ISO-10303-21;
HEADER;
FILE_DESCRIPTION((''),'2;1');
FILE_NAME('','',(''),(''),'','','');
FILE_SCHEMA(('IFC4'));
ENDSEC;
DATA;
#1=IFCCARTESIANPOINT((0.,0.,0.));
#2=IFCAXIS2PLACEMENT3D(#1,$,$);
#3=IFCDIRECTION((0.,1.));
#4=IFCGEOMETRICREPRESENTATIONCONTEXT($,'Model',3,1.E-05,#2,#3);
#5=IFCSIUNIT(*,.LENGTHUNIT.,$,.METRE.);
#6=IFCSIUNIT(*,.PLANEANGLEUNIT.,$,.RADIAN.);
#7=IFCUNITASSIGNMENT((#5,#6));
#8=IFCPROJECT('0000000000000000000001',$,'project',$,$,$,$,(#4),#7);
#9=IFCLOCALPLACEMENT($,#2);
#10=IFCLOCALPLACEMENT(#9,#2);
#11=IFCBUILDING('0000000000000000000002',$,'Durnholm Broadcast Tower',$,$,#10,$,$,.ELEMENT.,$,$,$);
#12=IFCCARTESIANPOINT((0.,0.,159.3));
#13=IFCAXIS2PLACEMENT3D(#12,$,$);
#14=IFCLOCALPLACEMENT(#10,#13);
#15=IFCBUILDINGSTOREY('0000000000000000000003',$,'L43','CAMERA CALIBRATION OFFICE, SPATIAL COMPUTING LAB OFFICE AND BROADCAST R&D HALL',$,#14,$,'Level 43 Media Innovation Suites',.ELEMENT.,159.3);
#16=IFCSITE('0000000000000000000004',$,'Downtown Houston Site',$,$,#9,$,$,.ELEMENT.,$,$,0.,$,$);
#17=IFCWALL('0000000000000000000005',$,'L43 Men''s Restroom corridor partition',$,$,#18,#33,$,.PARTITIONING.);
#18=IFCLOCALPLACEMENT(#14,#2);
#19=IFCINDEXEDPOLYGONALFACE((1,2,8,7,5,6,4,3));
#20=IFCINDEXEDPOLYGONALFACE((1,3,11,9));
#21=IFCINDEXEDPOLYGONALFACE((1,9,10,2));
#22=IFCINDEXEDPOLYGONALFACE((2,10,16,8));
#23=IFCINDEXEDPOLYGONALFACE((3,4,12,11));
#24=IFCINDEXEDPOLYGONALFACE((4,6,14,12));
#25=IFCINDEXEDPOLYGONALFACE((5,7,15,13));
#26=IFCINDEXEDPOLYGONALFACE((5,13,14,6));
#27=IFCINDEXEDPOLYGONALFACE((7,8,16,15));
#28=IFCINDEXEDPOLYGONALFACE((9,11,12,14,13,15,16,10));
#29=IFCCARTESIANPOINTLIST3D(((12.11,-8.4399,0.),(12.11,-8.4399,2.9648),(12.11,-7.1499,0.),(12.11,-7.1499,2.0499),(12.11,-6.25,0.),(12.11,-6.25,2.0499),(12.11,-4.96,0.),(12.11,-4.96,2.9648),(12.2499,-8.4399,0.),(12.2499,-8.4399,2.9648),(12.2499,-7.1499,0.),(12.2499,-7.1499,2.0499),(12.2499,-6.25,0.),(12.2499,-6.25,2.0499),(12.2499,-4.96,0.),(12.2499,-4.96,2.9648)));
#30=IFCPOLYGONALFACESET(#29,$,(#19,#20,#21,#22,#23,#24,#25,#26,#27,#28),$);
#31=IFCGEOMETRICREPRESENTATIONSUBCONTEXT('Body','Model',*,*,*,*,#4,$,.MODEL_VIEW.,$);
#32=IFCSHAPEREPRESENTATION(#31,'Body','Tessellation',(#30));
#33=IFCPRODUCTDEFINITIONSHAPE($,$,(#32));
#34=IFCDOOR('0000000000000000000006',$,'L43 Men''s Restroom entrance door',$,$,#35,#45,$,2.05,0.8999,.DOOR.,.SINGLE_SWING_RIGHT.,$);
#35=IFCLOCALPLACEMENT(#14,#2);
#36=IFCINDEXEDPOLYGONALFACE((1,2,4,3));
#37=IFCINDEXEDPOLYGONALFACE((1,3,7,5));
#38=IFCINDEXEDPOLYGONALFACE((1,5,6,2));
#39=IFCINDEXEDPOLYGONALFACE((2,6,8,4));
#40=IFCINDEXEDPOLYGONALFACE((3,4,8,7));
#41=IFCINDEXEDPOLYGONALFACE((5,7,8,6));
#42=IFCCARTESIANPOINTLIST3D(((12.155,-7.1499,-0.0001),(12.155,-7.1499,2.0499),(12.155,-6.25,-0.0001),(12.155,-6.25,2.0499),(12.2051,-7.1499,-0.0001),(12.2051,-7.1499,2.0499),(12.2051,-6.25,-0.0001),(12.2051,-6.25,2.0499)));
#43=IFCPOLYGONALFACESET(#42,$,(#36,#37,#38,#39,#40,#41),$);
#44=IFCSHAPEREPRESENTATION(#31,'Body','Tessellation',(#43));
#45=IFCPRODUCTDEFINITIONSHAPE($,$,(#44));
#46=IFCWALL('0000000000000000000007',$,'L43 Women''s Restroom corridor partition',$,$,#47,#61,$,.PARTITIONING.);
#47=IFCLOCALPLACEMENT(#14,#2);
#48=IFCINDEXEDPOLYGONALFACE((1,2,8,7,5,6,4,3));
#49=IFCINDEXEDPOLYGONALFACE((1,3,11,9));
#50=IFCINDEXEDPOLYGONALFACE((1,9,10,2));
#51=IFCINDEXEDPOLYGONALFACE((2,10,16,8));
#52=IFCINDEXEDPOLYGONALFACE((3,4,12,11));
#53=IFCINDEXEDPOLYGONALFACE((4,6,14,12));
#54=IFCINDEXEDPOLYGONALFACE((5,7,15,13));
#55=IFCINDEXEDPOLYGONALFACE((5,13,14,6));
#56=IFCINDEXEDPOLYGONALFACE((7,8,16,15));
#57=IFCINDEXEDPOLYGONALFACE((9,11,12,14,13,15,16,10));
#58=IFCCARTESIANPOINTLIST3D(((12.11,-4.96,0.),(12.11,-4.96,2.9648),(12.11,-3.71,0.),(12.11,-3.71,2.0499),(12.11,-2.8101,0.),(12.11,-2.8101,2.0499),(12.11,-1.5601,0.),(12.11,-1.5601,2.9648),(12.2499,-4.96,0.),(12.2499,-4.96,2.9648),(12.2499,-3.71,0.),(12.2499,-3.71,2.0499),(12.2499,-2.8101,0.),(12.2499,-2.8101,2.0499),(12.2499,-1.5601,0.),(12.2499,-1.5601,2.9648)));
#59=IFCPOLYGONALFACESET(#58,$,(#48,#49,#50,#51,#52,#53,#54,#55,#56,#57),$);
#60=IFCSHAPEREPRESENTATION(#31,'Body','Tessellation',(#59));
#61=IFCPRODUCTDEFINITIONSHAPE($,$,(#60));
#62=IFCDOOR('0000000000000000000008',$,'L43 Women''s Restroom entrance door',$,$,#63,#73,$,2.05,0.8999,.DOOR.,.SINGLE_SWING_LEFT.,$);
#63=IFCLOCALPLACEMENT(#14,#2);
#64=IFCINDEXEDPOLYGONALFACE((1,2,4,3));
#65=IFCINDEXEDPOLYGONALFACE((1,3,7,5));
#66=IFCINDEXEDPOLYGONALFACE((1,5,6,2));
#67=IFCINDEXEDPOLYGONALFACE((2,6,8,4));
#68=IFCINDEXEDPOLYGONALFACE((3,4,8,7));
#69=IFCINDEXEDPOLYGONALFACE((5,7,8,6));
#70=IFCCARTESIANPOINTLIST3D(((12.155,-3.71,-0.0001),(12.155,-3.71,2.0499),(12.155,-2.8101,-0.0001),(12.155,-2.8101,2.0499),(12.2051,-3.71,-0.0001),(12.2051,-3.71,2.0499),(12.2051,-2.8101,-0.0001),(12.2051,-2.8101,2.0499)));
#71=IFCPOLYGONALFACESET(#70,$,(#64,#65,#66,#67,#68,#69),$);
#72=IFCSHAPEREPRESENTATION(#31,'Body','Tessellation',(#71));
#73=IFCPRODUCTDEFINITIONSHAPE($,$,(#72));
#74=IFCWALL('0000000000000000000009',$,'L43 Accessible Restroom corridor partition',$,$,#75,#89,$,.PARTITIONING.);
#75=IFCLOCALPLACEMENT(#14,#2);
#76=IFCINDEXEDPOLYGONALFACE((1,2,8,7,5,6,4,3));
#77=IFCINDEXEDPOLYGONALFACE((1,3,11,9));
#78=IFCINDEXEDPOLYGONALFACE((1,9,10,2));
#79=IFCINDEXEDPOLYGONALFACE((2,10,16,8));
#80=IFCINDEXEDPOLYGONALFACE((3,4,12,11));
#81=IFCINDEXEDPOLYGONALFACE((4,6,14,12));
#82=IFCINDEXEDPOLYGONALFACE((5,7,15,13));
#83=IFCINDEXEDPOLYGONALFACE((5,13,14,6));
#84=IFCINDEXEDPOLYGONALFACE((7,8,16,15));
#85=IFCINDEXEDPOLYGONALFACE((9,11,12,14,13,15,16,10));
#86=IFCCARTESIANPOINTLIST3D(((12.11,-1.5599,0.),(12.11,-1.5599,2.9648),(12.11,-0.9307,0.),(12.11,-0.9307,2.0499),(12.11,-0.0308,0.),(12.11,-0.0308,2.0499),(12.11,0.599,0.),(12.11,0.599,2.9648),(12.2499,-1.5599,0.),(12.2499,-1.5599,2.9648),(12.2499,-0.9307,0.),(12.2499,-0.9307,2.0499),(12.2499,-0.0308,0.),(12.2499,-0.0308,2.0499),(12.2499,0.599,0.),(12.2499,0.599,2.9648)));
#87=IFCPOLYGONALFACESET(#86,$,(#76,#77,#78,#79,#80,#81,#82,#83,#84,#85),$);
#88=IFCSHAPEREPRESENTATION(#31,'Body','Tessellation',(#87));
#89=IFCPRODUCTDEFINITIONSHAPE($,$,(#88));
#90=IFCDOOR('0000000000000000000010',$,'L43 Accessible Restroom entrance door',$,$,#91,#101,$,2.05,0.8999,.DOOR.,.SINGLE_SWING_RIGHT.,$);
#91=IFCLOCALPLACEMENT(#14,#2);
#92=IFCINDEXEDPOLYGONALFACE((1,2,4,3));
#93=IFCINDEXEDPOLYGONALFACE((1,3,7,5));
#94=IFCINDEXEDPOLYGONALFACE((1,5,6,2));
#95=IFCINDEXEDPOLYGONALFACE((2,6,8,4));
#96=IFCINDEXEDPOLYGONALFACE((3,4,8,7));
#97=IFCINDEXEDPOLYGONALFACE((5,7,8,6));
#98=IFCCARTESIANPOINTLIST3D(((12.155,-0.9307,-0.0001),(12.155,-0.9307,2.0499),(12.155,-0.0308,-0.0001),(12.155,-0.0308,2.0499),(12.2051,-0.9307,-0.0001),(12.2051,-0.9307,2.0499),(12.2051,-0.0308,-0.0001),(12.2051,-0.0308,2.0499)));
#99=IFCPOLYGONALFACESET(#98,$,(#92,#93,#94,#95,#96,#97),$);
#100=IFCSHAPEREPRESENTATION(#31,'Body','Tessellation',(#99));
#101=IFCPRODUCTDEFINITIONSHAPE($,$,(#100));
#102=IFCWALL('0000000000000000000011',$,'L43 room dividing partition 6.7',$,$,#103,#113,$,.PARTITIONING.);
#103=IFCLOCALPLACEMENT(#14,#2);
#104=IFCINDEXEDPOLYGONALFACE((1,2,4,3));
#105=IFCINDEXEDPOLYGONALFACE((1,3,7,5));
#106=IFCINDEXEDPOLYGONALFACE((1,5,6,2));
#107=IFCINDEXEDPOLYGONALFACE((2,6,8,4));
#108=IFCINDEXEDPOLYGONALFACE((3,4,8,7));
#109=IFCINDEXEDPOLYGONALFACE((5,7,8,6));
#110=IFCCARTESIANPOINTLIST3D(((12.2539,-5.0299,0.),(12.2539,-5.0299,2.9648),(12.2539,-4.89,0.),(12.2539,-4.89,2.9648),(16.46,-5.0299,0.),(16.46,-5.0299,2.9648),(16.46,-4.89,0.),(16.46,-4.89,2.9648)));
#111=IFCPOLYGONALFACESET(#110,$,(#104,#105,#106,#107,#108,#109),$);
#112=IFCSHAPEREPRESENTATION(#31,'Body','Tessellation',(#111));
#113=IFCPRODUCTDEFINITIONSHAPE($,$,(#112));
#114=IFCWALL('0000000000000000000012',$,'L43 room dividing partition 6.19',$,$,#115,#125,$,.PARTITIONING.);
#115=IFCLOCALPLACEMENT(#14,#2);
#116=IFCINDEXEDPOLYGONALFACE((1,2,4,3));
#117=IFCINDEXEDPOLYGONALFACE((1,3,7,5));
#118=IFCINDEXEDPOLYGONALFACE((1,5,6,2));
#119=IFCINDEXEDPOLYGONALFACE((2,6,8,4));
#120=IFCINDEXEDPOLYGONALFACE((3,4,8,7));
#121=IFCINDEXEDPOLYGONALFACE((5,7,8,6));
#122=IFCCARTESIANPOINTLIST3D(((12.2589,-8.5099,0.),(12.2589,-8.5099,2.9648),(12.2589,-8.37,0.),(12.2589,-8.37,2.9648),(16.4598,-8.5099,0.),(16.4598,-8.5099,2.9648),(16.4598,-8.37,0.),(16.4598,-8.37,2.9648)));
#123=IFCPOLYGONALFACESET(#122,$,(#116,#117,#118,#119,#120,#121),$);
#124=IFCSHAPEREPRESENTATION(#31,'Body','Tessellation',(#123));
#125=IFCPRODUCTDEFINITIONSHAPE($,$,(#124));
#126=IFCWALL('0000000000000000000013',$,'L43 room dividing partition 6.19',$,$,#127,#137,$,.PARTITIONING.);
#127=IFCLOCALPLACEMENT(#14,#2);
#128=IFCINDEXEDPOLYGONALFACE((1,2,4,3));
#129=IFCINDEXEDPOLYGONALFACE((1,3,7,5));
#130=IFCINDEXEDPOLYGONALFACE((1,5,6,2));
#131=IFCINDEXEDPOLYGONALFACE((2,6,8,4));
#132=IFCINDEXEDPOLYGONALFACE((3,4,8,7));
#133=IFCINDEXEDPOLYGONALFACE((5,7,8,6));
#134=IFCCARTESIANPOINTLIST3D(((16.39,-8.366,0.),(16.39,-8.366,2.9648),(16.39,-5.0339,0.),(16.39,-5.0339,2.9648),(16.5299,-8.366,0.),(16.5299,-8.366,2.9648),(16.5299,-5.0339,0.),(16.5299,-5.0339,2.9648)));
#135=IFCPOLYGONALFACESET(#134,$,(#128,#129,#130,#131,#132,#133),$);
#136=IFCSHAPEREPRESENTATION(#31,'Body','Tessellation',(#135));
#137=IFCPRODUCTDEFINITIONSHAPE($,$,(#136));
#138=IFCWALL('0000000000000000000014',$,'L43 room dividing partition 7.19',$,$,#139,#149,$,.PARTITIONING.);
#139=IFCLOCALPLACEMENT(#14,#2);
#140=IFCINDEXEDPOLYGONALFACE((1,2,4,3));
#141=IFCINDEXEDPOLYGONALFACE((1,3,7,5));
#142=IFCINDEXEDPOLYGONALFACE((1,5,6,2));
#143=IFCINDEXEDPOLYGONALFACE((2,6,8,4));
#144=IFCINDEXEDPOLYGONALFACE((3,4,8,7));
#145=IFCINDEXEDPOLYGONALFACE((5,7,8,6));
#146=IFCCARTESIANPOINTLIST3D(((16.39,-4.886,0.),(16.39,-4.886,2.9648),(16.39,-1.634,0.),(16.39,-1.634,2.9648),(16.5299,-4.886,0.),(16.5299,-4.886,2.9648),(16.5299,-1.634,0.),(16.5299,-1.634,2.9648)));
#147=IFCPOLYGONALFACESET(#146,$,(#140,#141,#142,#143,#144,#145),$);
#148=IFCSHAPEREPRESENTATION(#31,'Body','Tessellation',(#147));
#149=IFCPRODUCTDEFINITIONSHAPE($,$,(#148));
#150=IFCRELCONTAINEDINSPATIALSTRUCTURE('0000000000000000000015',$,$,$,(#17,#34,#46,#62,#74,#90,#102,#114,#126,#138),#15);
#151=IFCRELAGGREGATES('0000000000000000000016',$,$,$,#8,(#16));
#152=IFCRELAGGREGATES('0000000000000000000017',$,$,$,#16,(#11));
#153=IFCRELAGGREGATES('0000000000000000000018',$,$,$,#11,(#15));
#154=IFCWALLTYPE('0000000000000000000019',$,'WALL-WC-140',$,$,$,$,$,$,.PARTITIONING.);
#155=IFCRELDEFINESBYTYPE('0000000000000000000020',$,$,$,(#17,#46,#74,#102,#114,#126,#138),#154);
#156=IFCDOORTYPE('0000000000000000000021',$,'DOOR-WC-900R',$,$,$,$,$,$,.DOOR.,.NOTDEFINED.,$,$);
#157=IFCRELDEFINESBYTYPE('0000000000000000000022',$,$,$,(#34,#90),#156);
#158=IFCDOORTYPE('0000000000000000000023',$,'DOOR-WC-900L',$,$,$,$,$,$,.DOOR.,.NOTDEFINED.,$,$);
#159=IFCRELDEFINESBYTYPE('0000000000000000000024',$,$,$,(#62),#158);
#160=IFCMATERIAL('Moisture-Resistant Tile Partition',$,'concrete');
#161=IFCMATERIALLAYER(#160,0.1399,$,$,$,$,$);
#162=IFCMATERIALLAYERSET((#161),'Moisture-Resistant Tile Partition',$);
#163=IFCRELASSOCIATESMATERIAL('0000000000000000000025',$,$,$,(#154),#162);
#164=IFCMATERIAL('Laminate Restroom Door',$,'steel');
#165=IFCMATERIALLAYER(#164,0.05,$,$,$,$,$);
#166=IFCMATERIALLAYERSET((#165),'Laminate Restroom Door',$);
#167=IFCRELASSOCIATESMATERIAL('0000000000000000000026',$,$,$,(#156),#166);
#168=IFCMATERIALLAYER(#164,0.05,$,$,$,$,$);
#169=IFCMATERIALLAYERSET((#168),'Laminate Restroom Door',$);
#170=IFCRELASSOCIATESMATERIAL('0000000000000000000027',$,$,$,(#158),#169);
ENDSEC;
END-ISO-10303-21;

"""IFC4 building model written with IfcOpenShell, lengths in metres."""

from ifc_helpers import new_model, si_unit, direction, frame, frame_2d, origin, place, context, subcontext, project, spatial, rectangle, extrude, source, transform, mapped, material, layer, layer_set, type_object, type_shapes, element, fill, save


model = new_model("IFC4")

# Units and contexts
model_context = context("Model", 3, precision=1e-05, world=origin(), true_north=direction((0.0, 1.0)))
body_context = subcontext(model_context, "Body", "Model", "MODEL_VIEW")
ifc_project = project(units=[si_unit("LENGTHUNIT", "METRE"), si_unit("PLANEANGLEUNIT", "RADIAN")], contexts=[model_context])

# Site, building, storey
site_placement = place(None, origin())
site = spatial("IfcSite", under=ifc_project, at=site_placement, Name="Downtown Houston Site", CompositionType="ELEMENT", RefElevation=0.0)
building_placement = place(site_placement, origin())
building = spatial("IfcBuilding", under=site, at=building_placement, Name="Durnholm Broadcast Tower", CompositionType="ELEMENT")
storey_placement = place(building_placement, frame((0.0, 0.0, 159.3)))
storey = spatial("IfcBuildingStorey", under=building, at=storey_placement, Name="L43", Description="CAMERA CALIBRATION OFFICE, SPATIAL COMPUTING LAB OFFICE AND BROADCAST R&D HALL", LongName="Level 43 Media Innovation Suites", CompositionType="ELEMENT", Elevation=159.3)

# Walls, openings, doors
ifc_material_1 = material(Name="Moisture-Resistant Tile Partition", Category="concrete")
ifc_layer_1 = layer(ifc_material_1, 0.1399)
ifc_layer_set_1 = layer_set([ifc_layer_1], Name="Moisture-Resistant Tile Partition")
wall_type_1 = type_object("IfcWallType", Name="WALL-WC-140", PredefinedType="PARTITIONING", material=ifc_layer_set_1)
wall_1_placement = place(storey_placement, frame((12.1799, -8.4399, 0.0), z_axis=(0.0, 0.0, 1.0), x_axis=(0.0, 1.0, 0.0)))
wall_1 = element("IfcWall", 1, at=wall_1_placement, inside=storey, type_object=wall_type_1, Name="L43 Men's Restroom corridor partition", PredefinedType="PARTITIONING", context=body_context, shape_type="SweptSolid", body=[
    extrude(rectangle(XDim=3.48, YDim=0.1399, at=frame_2d((1.74, 0.0))), origin(), (0.0, 0.0, 1.0), 2.9648),
])
opening_1_placement = place(wall_1_placement, frame((1.29, 0.0, 0.0)))
opening_1 = element("IfcOpeningElement", 2, at=opening_1_placement, cuts=wall_1, PredefinedType="OPENING", context=body_context, shape_type="SweptSolid", body=[
    extrude(rectangle(XDim=0.8999, YDim=2.05, at=frame_2d((0.45, 1.0249))), frame((0.0, 0.0801, 0.0), z_axis=(0.0, -1.0, 0.0), x_axis=(1.0, 0.0, 0.0)), (0.0, 0.0, 1.0), 0.1599),
])
ifc_material_2 = material(Name="Laminate Restroom Door", Category="steel")
ifc_layer_2 = layer(ifc_material_2, 0.05)
ifc_layer_set_2 = layer_set([ifc_layer_2], Name="Laminate Restroom Door")
door_type_1 = type_object("IfcDoorType", Name="DOOR-WC-900R", OperationType="NOTDEFINED", PredefinedType="DOOR", material=ifc_layer_set_2)
shared_shape_1 = source(origin(), body_context, "Body", "SweptSolid", [
    extrude(rectangle(XDim=0.8999, YDim=2.05, at=frame_2d((0.45, 1.0249))), frame((0.0, 0.0249, 0.0), z_axis=(0.0, -1.0, 0.0), x_axis=(1.0, 0.0, 0.0)), (0.0, 0.0, 1.0), 0.05),
])
type_shapes(door_type_1, [shared_shape_1])
door_1_placement = place(opening_1_placement, origin())
door_1 = element("IfcDoor", 3, at=door_1_placement, inside=storey, type_object=door_type_1, Name="L43 Men's Restroom entrance door", OperationType="SINGLE_SWING_RIGHT", OverallHeight=2.05, OverallWidth=0.8999, PredefinedType="DOOR", context=body_context, shape_type="MappedRepresentation", body=[
    mapped(shared_shape_1, transform((0.0, 0.0, 0.0), x_axis=(1.0, 0.0, 0.0), y_axis=(0.0, 1.0, 0.0), z_axis=(0.0, 0.0, 1.0), scale=1.0)),
])
fill(opening_1, door_1)
wall_2_placement = place(storey_placement, frame((12.1799, -4.96, 0.0), z_axis=(0.0, 0.0, 1.0), x_axis=(0.0, 1.0, 0.0)))
wall_2 = element("IfcWall", 4, at=wall_2_placement, inside=storey, type_object=wall_type_1, Name="L43 Women's Restroom corridor partition", PredefinedType="PARTITIONING", context=body_context, shape_type="SweptSolid", body=[
    extrude(rectangle(XDim=3.3999, YDim=0.1399, at=frame_2d((1.7, 0.0))), origin(), (0.0, 0.0, 1.0), 2.9648),
])
opening_2_placement = place(wall_2_placement, frame((1.25, 0.0, 0.0)))
opening_2 = element("IfcOpeningElement", 5, at=opening_2_placement, cuts=wall_2, PredefinedType="OPENING", context=body_context, shape_type="SweptSolid", body=[
    extrude(rectangle(XDim=0.8999, YDim=2.05, at=frame_2d((0.45, 1.0249))), frame((0.0, 0.0801, 0.0), z_axis=(0.0, -1.0, 0.0), x_axis=(1.0, 0.0, 0.0)), (0.0, 0.0, 1.0), 0.1599),
])
ifc_layer_3 = layer(ifc_material_2, 0.05)
ifc_layer_set_3 = layer_set([ifc_layer_3], Name="Laminate Restroom Door")
door_type_2 = type_object("IfcDoorType", Name="DOOR-WC-900L", OperationType="NOTDEFINED", PredefinedType="DOOR", material=ifc_layer_set_3)
shared_shape_2 = source(origin(), body_context, "Body", "SweptSolid", [
    extrude(rectangle(XDim=0.8999, YDim=2.05, at=frame_2d((0.45, 1.0249))), frame((0.0, 0.0249, 0.0), z_axis=(0.0, -1.0, 0.0), x_axis=(1.0, 0.0, 0.0)), (0.0, 0.0, 1.0), 0.05),
])
type_shapes(door_type_2, [shared_shape_2])
door_2_placement = place(opening_2_placement, origin())
door_2 = element("IfcDoor", 6, at=door_2_placement, inside=storey, type_object=door_type_2, Name="L43 Women's Restroom entrance door", OperationType="SINGLE_SWING_LEFT", OverallHeight=2.05, OverallWidth=0.8999, PredefinedType="DOOR", context=body_context, shape_type="MappedRepresentation", body=[
    mapped(shared_shape_2, transform((0.0, 0.0, 0.0), x_axis=(1.0, 0.0, 0.0), y_axis=(0.0, 1.0, 0.0), z_axis=(0.0, 0.0, 1.0), scale=1.0)),
])
fill(opening_2, door_2)
wall_3_placement = place(storey_placement, frame((12.1799, -1.5601, 0.0), z_axis=(0.0, 0.0, 1.0), x_axis=(0.0, 1.0, 0.0)))
wall_3 = element("IfcWall", 7, at=wall_3_placement, inside=storey, type_object=wall_type_1, Name="L43 Accessible Restroom corridor partition", PredefinedType="PARTITIONING", context=body_context, shape_type="SweptSolid", body=[
    extrude(rectangle(XDim=2.1589, YDim=0.1399, at=frame_2d((1.0796, 0.0))), origin(), (0.0, 0.0, 1.0), 2.9648),
])
opening_3_placement = place(wall_3_placement, frame((0.6294, 0.0, 0.0)))
opening_3 = element("IfcOpeningElement", 8, at=opening_3_placement, cuts=wall_3, PredefinedType="OPENING", context=body_context, shape_type="SweptSolid", body=[
    extrude(rectangle(XDim=0.8999, YDim=2.05, at=frame_2d((0.45, 1.0249))), frame((0.0, 0.0801, 0.0), z_axis=(0.0, -1.0, 0.0), x_axis=(1.0, 0.0, 0.0)), (0.0, 0.0, 1.0), 0.1599),
])
door_3_placement = place(opening_3_placement, origin())
door_3 = element("IfcDoor", 9, at=door_3_placement, inside=storey, type_object=door_type_1, Name="L43 Accessible Restroom entrance door", OperationType="SINGLE_SWING_RIGHT", OverallHeight=2.05, OverallWidth=0.8999, PredefinedType="DOOR", context=body_context, shape_type="MappedRepresentation", body=[
    mapped(shared_shape_1, transform((0.0, 0.0, 0.0), x_axis=(1.0, 0.0, 0.0), y_axis=(0.0, 1.0, 0.0), z_axis=(0.0, 0.0, 1.0), scale=1.0)),
])
fill(opening_3, door_3)

# Walls
wall_4_placement = place(storey_placement, frame((12.2539, -4.96, 0.0), z_axis=(0.0, 0.0, 1.0), x_axis=(1.0, 0.0, 0.0)))
element("IfcWall", 10, at=wall_4_placement, inside=storey, type_object=wall_type_1, Name="L43 room dividing partition 6.7", PredefinedType="PARTITIONING", context=body_context, shape_type="SweptSolid", body=[
    extrude(rectangle(XDim=4.2061, YDim=0.1399, at=frame_2d((2.103, 0.0))), origin(), (0.0, 0.0, 1.0), 2.9648),
])
wall_5_placement = place(storey_placement, frame((16.46, -8.4399, 0.0), z_axis=(0.0, 0.0, 1.0), x_axis=(-1.0, 0.0, 0.0)))
element("IfcWall", 11, at=wall_5_placement, inside=storey, type_object=wall_type_1, Name="L43 room dividing partition 6.19", PredefinedType="PARTITIONING", context=body_context, shape_type="SweptSolid", body=[
    extrude(rectangle(XDim=4.2009, YDim=0.1399, at=frame_2d((2.1006, 0.0))), origin(), (0.0, 0.0, 1.0), 2.9648),
])
wall_6_placement = place(storey_placement, frame((16.46, -5.0339, 0.0), z_axis=(0.0, 0.0, 1.0), x_axis=(0.0, -1.0, 0.0)))
element("IfcWall", 12, at=wall_6_placement, inside=storey, type_object=wall_type_1, Name="L43 room dividing partition 6.19", PredefinedType="PARTITIONING", context=body_context, shape_type="SweptSolid", body=[
    extrude(rectangle(XDim=3.332, YDim=0.1399, at=frame_2d((1.666, 0.0))), origin(), (0.0, 0.0, 1.0), 2.9648),
])
wall_7_placement = place(storey_placement, frame((16.46, -1.634, 0.0), z_axis=(0.0, 0.0, 1.0), x_axis=(0.0, -1.0, 0.0)))
element("IfcWall", 13, at=wall_7_placement, inside=storey, type_object=wall_type_1, Name="L43 room dividing partition 7.19", PredefinedType="PARTITIONING", context=body_context, shape_type="SweptSolid", body=[
    extrude(rectangle(XDim=3.252, YDim=0.1399, at=frame_2d((1.626, 0.0))), origin(), (0.0, 0.0, 1.0), 2.9648),
])

save(model, "model.ifc")
